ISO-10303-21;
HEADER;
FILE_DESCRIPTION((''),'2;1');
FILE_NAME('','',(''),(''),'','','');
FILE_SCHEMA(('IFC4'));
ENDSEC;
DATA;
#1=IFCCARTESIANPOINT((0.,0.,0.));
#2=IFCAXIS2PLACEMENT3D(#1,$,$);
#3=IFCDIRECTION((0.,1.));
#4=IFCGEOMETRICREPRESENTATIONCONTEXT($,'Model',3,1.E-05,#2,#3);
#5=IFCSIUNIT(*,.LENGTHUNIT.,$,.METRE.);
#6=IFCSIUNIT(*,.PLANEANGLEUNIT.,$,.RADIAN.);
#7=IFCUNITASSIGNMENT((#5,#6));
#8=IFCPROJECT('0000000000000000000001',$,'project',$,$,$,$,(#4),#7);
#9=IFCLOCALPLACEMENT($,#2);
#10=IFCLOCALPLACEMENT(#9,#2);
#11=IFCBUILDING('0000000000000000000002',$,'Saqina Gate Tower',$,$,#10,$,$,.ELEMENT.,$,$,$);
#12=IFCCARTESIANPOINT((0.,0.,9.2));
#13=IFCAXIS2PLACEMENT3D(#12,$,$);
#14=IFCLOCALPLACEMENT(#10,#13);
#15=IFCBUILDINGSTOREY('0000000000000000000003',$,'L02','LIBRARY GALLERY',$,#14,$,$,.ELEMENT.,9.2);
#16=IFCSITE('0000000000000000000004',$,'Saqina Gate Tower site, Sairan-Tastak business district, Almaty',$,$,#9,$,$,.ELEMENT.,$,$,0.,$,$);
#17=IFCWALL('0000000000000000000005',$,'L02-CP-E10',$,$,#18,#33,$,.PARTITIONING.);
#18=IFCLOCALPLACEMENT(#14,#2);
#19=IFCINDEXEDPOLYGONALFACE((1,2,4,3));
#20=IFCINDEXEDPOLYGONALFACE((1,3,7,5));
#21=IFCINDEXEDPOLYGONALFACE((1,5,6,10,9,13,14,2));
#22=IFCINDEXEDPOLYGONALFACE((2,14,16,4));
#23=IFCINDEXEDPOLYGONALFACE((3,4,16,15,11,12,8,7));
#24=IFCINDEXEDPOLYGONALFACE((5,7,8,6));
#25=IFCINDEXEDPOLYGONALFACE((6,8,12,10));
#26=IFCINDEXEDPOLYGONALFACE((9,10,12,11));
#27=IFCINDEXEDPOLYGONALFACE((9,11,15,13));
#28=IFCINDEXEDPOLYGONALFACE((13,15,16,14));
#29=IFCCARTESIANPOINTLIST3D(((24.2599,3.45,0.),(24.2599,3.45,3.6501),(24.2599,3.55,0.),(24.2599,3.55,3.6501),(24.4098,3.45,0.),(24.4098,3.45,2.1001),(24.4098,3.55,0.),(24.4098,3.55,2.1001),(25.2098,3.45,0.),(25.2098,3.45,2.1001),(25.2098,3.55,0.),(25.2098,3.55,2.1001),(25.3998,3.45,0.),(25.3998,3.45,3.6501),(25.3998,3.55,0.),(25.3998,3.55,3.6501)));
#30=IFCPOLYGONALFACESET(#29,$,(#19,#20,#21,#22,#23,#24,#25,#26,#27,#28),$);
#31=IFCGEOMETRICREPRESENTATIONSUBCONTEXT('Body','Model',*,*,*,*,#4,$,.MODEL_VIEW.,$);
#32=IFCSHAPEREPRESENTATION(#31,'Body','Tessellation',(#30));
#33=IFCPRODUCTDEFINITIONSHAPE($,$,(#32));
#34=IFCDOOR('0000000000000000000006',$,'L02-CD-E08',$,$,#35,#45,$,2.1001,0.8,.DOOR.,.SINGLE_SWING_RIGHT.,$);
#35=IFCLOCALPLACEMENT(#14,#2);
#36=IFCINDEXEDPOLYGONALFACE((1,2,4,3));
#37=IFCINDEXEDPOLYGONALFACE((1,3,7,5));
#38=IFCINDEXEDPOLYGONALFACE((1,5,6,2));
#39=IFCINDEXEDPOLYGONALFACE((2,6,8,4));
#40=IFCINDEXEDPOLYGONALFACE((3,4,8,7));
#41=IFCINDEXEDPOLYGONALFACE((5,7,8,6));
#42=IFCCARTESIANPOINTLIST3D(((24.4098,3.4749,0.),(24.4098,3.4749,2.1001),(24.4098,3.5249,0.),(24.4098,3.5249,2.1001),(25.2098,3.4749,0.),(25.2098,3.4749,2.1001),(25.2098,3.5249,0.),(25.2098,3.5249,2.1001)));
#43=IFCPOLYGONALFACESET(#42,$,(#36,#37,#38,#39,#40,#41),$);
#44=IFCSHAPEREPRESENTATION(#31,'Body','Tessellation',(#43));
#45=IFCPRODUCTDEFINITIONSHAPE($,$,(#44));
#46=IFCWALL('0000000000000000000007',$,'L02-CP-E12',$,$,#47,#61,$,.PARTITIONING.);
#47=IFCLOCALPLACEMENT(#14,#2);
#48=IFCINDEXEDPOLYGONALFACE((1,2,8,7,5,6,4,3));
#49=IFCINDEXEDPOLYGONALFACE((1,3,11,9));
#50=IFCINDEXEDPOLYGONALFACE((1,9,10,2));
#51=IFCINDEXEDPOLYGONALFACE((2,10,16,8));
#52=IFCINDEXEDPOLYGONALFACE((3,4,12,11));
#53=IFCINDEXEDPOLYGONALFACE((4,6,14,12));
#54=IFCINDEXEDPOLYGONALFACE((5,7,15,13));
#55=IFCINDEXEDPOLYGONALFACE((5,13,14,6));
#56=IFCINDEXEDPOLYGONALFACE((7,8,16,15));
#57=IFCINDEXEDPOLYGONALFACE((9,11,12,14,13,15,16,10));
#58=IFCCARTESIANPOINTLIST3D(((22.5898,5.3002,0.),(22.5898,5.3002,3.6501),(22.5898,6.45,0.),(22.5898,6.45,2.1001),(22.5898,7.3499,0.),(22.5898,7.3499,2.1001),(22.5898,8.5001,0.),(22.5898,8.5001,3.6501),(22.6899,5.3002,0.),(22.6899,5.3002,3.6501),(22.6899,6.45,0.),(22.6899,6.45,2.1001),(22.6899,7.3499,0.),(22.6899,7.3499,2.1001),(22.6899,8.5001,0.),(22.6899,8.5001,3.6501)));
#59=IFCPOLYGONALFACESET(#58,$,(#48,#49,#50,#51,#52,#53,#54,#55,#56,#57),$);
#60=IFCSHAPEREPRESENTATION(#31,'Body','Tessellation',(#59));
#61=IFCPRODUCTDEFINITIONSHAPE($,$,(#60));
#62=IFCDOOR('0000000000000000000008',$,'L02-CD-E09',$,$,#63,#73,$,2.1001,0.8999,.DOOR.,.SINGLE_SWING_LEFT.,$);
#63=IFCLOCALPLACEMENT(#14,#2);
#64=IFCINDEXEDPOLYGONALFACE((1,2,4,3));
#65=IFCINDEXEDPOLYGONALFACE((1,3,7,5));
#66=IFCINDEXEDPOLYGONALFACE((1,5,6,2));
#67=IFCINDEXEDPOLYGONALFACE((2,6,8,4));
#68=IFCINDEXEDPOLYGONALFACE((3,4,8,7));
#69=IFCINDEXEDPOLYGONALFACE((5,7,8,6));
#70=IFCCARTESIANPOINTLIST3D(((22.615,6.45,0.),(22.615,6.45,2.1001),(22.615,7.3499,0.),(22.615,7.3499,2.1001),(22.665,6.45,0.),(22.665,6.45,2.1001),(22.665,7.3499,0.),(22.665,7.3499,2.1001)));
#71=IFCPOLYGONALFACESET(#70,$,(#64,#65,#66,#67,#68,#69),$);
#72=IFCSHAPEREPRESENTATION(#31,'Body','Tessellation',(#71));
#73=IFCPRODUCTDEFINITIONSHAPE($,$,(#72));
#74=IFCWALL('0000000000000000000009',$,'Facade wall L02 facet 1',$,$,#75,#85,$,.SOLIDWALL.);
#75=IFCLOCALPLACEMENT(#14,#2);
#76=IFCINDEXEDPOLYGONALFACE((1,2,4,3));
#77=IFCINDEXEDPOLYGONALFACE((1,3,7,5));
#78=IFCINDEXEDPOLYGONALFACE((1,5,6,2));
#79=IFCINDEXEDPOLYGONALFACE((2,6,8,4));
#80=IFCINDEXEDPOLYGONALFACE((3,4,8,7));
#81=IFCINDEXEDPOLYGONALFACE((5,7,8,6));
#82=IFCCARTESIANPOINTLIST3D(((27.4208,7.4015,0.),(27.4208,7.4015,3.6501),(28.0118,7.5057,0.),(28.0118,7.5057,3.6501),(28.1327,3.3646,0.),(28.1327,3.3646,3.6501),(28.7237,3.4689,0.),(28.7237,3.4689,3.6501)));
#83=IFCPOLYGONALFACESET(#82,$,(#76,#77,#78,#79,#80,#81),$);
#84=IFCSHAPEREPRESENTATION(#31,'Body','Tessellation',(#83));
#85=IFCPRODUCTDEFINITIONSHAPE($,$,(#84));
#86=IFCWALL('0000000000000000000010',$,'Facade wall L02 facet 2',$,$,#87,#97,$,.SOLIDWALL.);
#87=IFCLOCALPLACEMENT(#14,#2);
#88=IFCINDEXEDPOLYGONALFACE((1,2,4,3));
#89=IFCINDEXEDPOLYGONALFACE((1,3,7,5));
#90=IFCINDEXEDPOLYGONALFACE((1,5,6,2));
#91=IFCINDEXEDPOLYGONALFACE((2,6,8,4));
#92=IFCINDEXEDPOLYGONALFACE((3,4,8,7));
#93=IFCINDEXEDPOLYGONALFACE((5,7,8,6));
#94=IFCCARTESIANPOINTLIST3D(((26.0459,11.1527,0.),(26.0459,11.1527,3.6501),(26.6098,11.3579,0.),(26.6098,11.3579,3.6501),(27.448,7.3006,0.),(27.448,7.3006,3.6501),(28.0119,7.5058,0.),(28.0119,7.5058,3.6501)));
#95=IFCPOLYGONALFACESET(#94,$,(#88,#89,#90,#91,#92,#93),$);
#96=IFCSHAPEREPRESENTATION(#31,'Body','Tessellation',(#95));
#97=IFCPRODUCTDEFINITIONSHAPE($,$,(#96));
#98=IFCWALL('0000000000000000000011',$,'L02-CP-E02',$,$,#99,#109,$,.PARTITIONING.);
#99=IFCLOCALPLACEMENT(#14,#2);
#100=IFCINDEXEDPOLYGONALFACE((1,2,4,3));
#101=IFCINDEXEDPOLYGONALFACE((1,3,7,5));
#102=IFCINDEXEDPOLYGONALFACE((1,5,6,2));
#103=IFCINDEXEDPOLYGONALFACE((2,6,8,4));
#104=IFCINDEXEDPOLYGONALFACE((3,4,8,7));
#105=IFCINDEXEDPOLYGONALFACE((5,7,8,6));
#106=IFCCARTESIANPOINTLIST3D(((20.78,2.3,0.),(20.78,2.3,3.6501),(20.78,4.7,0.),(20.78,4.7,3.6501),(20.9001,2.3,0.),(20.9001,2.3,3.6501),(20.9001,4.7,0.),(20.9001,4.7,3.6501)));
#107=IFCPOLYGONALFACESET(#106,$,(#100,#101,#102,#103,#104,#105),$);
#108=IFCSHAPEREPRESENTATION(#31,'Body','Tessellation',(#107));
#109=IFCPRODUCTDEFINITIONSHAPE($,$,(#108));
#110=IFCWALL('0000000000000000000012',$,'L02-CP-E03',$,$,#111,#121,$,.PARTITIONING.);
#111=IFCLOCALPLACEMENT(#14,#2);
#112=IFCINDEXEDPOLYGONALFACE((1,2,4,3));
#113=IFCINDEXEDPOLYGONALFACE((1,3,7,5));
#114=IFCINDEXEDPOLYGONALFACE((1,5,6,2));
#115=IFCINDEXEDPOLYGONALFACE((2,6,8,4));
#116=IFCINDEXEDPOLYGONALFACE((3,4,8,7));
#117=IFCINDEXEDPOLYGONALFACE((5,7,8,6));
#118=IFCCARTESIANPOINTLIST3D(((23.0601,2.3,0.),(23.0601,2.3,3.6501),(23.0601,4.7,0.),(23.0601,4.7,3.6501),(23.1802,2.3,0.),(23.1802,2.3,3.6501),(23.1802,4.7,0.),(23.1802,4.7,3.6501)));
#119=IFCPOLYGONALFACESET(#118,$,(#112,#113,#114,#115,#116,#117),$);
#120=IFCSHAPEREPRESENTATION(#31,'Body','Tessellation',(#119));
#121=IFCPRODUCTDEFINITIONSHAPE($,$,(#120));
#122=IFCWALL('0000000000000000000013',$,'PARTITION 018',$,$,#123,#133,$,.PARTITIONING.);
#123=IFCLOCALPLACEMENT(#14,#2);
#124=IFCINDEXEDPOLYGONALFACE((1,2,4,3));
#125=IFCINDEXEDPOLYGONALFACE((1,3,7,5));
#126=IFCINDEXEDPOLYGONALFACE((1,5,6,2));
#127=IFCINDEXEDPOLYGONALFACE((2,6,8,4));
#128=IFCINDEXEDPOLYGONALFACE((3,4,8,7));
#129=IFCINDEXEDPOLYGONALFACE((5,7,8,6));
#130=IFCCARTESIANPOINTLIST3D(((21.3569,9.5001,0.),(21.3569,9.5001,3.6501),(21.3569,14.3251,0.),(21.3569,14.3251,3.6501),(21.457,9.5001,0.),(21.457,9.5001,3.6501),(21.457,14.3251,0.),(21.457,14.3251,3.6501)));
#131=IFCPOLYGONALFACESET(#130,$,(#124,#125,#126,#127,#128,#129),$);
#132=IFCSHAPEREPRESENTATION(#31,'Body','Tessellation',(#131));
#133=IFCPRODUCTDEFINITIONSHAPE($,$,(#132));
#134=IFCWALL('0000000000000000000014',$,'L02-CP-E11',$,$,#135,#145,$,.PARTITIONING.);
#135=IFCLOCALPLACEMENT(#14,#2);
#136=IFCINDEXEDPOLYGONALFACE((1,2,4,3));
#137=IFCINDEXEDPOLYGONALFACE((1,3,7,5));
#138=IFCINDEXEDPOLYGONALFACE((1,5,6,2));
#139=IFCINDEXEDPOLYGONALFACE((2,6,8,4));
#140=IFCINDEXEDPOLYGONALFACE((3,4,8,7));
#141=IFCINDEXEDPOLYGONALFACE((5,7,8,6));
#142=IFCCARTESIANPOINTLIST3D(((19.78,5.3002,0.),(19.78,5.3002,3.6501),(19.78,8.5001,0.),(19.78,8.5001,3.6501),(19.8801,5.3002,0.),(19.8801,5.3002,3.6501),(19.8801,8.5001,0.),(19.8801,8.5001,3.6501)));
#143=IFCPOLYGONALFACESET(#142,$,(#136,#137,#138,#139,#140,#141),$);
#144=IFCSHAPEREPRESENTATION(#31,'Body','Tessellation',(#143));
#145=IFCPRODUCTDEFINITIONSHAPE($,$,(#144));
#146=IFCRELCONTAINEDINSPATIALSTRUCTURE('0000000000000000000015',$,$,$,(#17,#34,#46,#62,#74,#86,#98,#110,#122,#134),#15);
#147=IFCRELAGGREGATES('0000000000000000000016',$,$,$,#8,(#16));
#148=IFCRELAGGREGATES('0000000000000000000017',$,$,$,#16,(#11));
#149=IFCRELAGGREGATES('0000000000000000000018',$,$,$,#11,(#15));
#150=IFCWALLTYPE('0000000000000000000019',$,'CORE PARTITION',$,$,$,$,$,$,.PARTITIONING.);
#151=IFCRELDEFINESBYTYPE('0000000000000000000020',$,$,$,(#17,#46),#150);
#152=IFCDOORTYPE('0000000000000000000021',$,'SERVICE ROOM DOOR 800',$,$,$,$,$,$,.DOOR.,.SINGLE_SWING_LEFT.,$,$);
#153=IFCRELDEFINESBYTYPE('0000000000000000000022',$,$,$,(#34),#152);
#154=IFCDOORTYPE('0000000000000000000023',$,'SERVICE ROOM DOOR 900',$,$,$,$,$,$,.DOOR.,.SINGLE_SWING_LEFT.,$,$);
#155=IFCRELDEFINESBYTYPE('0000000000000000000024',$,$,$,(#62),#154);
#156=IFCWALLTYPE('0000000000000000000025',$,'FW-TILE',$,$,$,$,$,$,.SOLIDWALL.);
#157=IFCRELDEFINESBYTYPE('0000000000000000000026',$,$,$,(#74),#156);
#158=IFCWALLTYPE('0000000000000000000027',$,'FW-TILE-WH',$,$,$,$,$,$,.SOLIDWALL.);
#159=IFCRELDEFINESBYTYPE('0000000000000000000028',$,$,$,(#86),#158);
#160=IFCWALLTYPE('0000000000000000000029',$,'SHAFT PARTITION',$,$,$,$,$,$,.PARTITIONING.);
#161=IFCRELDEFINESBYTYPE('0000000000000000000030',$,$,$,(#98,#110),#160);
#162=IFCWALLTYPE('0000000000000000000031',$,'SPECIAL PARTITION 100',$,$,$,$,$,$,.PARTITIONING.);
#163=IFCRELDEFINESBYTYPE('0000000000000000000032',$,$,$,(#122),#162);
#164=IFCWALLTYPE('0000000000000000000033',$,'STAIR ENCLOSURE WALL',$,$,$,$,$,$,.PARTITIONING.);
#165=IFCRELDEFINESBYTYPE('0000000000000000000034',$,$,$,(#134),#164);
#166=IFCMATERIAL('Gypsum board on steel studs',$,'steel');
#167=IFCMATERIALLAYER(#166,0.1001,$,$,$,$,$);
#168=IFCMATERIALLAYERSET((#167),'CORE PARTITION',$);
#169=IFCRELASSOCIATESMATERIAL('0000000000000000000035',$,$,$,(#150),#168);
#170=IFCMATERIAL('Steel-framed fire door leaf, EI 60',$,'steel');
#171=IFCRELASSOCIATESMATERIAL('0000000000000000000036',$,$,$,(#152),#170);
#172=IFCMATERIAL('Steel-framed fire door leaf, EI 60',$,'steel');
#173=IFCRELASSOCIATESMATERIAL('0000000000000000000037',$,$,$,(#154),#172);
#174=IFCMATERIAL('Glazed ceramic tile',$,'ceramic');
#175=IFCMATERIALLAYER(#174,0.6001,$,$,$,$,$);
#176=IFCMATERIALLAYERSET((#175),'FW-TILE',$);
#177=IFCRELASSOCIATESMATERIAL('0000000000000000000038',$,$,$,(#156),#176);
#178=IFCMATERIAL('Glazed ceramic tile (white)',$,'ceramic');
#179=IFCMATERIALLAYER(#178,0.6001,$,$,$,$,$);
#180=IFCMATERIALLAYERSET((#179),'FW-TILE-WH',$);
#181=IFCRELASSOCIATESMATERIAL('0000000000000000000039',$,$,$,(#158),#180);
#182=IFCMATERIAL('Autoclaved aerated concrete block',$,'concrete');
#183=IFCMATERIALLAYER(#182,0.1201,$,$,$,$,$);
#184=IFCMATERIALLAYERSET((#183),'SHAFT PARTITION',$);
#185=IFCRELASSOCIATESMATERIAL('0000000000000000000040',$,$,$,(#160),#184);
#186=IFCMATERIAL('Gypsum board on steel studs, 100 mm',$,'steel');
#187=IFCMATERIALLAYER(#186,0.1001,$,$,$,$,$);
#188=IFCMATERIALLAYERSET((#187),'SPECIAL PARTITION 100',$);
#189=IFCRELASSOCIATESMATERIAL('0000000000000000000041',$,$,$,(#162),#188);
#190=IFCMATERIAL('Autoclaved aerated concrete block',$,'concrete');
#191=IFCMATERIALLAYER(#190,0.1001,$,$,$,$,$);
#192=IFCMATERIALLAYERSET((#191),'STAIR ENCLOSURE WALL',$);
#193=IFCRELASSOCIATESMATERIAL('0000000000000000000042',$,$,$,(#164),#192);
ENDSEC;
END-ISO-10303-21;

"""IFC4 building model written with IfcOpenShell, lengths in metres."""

from ifc_helpers import new_model, si_unit, direction, frame, frame_2d, origin, place, context, subcontext, project, spatial, rectangle, extrude, material, layer, layer_set, type_object, element, fill, save


model = new_model("IFC4")

# Units and contexts
model_context = context("Model", 3, precision=1e-05, world=origin(), true_north=direction((0.0, 1.0)))
body_context = subcontext(model_context, "Body", "Model", "MODEL_VIEW")
ifc_project = project(units=[si_unit("LENGTHUNIT", "METRE"), si_unit("PLANEANGLEUNIT", "RADIAN")], contexts=[model_context])

# Site, building, storey
site_placement = place(None, origin())
site = spatial("IfcSite", under=ifc_project, at=site_placement, Name="Saqina Gate Tower site, Sairan-Tastak business district, Almaty", CompositionType="ELEMENT", RefElevation=0.0)
building_placement = place(site_placement, origin())
building = spatial("IfcBuilding", under=site, at=building_placement, Name="Saqina Gate Tower", CompositionType="ELEMENT")
storey_placement = place(building_placement, frame((0.0, 0.0, 9.2)))
storey = spatial("IfcBuildingStorey", under=building, at=storey_placement, Name="L02", Description="LIBRARY GALLERY", CompositionType="ELEMENT", Elevation=9.2)

# Shared definitions
ifc_material_1 = material(Name="Gypsum board on steel studs", Category="steel")
ifc_layer_1 = layer(ifc_material_1, 0.1001)
ifc_layer_set_1 = layer_set([ifc_layer_1], Name="CORE PARTITION")
wall_type_1 = type_object("IfcWallType", Name="CORE PARTITION", PredefinedType="PARTITIONING", material=ifc_layer_set_1)

# Walls, openings, doors
wall_1_placement = place(storey_placement, frame((24.26, 3.5, 0.0), z_axis=(0.0, 0.0, 1.0), x_axis=(1.0, 0.0, 0.0)))
wall_1 = element("IfcWall", 1, at=wall_1_placement, inside=storey, type_object=wall_type_1, Name="L02-CP-E10", PredefinedType="PARTITIONING", context=body_context, shape_type="SweptSolid", body=[
    extrude(rectangle(XDim=1.1399, YDim=0.1001, at=frame_2d((0.5698, 0.0))), origin(), (0.0, 0.0, 1.0), 3.6501),
])
opening_1_placement = place(wall_1_placement, frame((0.1499, 0.0, 0.0)))
opening_1 = element("IfcOpeningElement", 2, at=opening_1_placement, cuts=wall_1, PredefinedType="OPENING", context=body_context, shape_type="SweptSolid", body=[
    extrude(rectangle(XDim=0.8, YDim=2.1001, at=frame_2d((0.3999, 1.05))), frame((0.0, 0.062, 0.0), z_axis=(0.0, -1.0, 0.0), x_axis=(1.0, 0.0, 0.0)), (0.0, 0.0, 1.0), 0.124),
])
ifc_material_2 = material(Name="Steel-framed fire door leaf, EI 60", Category="steel")
door_type_1 = type_object("IfcDoorType", Name="SERVICE ROOM DOOR 800", OperationType="SINGLE_SWING_LEFT", PredefinedType="DOOR", material=ifc_material_2)
door_1_placement = place(opening_1_placement, origin())
door_1 = element("IfcDoor", 3, at=door_1_placement, inside=storey, type_object=door_type_1, Name="L02-CD-E08", OperationType="SINGLE_SWING_RIGHT", OverallHeight=2.1001, OverallWidth=0.8, PredefinedType="DOOR", context=body_context, shape_type="SweptSolid", body=[
    extrude(rectangle(XDim=0.8, YDim=2.1001, at=frame_2d((0.3999, 1.05))), frame((0.0, 0.0249, 0.0), z_axis=(0.0, -1.0, 0.0), x_axis=(1.0, 0.0, 0.0)), (0.0, 0.0, 1.0), 0.05),
])
fill(opening_1, door_1)
wall_2_placement = place(storey_placement, frame((22.6399, 5.3, 0.0), z_axis=(0.0, 0.0, 1.0), x_axis=(0.0, 1.0, 0.0)))
wall_2 = element("IfcWall", 4, at=wall_2_placement, inside=storey, type_object=wall_type_1, Name="L02-CP-E12", PredefinedType="PARTITIONING", context=body_context, shape_type="SweptSolid", body=[
    extrude(rectangle(XDim=3.2, YDim=0.1001, at=frame_2d((1.6001, 0.0))), origin(), (0.0, 0.0, 1.0), 3.6501),
])
opening_2_placement = place(wall_2_placement, frame((1.1499, 0.0, 0.0)))
opening_2 = element("IfcOpeningElement", 5, at=opening_2_placement, cuts=wall_2, PredefinedType="OPENING", context=body_context, shape_type="SweptSolid", body=[
    extrude(rectangle(XDim=0.8999, YDim=2.1001, at=frame_2d((0.45, 1.05))), frame((0.0, 0.062, 0.0), z_axis=(0.0, -1.0, 0.0), x_axis=(1.0, 0.0, 0.0)), (0.0, 0.0, 1.0), 0.124),
])
ifc_material_3 = material(Name="Steel-framed fire door leaf, EI 60", Category="steel")
door_type_2 = type_object("IfcDoorType", Name="SERVICE ROOM DOOR 900", OperationType="SINGLE_SWING_LEFT", PredefinedType="DOOR", material=ifc_material_3)
door_2_placement = place(opening_2_placement, origin())
door_2 = element("IfcDoor", 6, at=door_2_placement, inside=storey, type_object=door_type_2, Name="L02-CD-E09", OperationType="SINGLE_SWING_LEFT", OverallHeight=2.1001, OverallWidth=0.8999, PredefinedType="DOOR", context=body_context, shape_type="SweptSolid", body=[
    extrude(rectangle(XDim=0.8999, YDim=2.1001, at=frame_2d((0.45, 1.05))), frame((0.0, 0.0249, 0.0), z_axis=(0.0, -1.0, 0.0), x_axis=(1.0, 0.0, 0.0)), (0.0, 0.0, 1.0), 0.05),
])
fill(opening_2, door_2)

# Walls
ifc_material_4 = material(Name="Glazed ceramic tile", Category="ceramic")
ifc_layer_2 = layer(ifc_material_4, 0.6001)
ifc_layer_set_2 = layer_set([ifc_layer_2], Name="FW-TILE")
wall_type_2 = type_object("IfcWallType", Name="FW-TILE", PredefinedType="SOLIDWALL", material=ifc_layer_set_2)
wall_3_placement = place(storey_placement, frame((28.4282, 3.4167, 0.0), z_axis=(0.0, 0.0, 1.0), x_axis=(-0.173673, 0.984803, 0.0)))
element("IfcWall", 7, at=wall_3_placement, inside=storey, type_object=wall_type_2, Name="Facade wall L02 facet 1", PredefinedType="SOLIDWALL", context=body_context, shape_type="SweptSolid", body=[
    extrude(rectangle(XDim=4.0991, YDim=0.6001, at=frame_2d((2.0496, 0.0))), origin(), (0.0, 0.0, 1.0), 3.6501),
])
ifc_material_5 = material(Name="Glazed ceramic tile (white)", Category="ceramic")
ifc_layer_3 = layer(ifc_material_5, 0.6001)
ifc_layer_set_3 = layer_set([ifc_layer_3], Name="FW-TILE-WH")
wall_type_3 = type_object("IfcWallType", Name="FW-TILE-WH", PredefinedType="SOLIDWALL", material=ifc_layer_set_3)
wall_4_placement = place(storey_placement, frame((27.73, 7.4031, 0.0), z_axis=(0.0, 0.0, 1.0), x_axis=(-0.342035, 0.939687, 0.0)))
element("IfcWall", 8, at=wall_4_placement, inside=storey, type_object=wall_type_3, Name="Facade wall L02 facet 2", PredefinedType="SOLIDWALL", context=body_context, shape_type="SweptSolid", body=[
    extrude(rectangle(XDim=4.0994, YDim=0.6001, at=frame_2d((2.0498, 0.0))), origin(), (0.0, 0.0, 1.0), 3.6501),
])
ifc_material_6 = material(Name="Autoclaved aerated concrete block", Category="concrete")
ifc_layer_4 = layer(ifc_material_6, 0.1201)
ifc_layer_set_4 = layer_set([ifc_layer_4], Name="SHAFT PARTITION")
wall_type_4 = type_object("IfcWallType", Name="SHAFT PARTITION", PredefinedType="PARTITIONING", material=ifc_layer_set_4)
for number, where, z_axis, x_axis, name in (
    (9, (20.8401, 2.3, 0.0), (0.0, 0.0, 1.0), (0.0, 1.0, 0.0), "L02-CP-E02"),
    (10, (23.1201, 2.3, 0.0), (0.0, 0.0, 1.0), (0.0, 1.0, 0.0), "L02-CP-E03"),
):
    element("IfcWall", number, at=place(storey_placement, frame(where, z_axis=z_axis, x_axis=x_axis)), inside=storey, type_object=wall_type_4, Name=name, PredefinedType="PARTITIONING", context=body_context, shape_type="SweptSolid", body=[
        extrude(rectangle(XDim=2.3999, YDim=0.1201, at=frame_2d((1.2, 0.0))), origin(), (0.0, 0.0, 1.0), 3.6501),
    ])
ifc_material_7 = material(Name="Gypsum board on steel studs, 100 mm", Category="steel")
ifc_layer_5 = layer(ifc_material_7, 0.1001)
ifc_layer_set_5 = layer_set([ifc_layer_5], Name="SPECIAL PARTITION 100")
wall_type_5 = type_object("IfcWallType", Name="SPECIAL PARTITION 100", PredefinedType="PARTITIONING", material=ifc_layer_set_5)
wall_5_placement = place(storey_placement, frame((21.407, 9.5, 0.0), z_axis=(0.0, 0.0, 1.0), x_axis=(0.0, 1.0, 0.0)))
element("IfcWall", 11, at=wall_5_placement, inside=storey, type_object=wall_type_5, Name="PARTITION 018", PredefinedType="PARTITIONING", context=body_context, shape_type="SweptSolid", body=[
    extrude(rectangle(XDim=4.825, YDim=0.1001, at=frame_2d((2.4126, 0.0))), origin(), (0.0, 0.0, 1.0), 3.6501),
])
ifc_material_8 = material(Name="Autoclaved aerated concrete block", Category="concrete")
ifc_layer_6 = layer(ifc_material_8, 0.1001)
ifc_layer_set_6 = layer_set([ifc_layer_6], Name="STAIR ENCLOSURE WALL")
wall_type_6 = type_object("IfcWallType", Name="STAIR ENCLOSURE WALL", PredefinedType="PARTITIONING", material=ifc_layer_set_6)
wall_6_placement = place(storey_placement, frame((19.8301, 5.3, 0.0), z_axis=(0.0, 0.0, 1.0), x_axis=(0.0, 1.0, 0.0)))
element("IfcWall", 12, at=wall_6_placement, inside=storey, type_object=wall_type_6, Name="L02-CP-E11", PredefinedType="PARTITIONING", context=body_context, shape_type="SweptSolid", body=[
    extrude(rectangle(XDim=3.2, YDim=0.1001, at=frame_2d((1.6001, 0.0))), origin(), (0.0, 0.0, 1.0), 3.6501),
])

save(model, "model.ifc")
